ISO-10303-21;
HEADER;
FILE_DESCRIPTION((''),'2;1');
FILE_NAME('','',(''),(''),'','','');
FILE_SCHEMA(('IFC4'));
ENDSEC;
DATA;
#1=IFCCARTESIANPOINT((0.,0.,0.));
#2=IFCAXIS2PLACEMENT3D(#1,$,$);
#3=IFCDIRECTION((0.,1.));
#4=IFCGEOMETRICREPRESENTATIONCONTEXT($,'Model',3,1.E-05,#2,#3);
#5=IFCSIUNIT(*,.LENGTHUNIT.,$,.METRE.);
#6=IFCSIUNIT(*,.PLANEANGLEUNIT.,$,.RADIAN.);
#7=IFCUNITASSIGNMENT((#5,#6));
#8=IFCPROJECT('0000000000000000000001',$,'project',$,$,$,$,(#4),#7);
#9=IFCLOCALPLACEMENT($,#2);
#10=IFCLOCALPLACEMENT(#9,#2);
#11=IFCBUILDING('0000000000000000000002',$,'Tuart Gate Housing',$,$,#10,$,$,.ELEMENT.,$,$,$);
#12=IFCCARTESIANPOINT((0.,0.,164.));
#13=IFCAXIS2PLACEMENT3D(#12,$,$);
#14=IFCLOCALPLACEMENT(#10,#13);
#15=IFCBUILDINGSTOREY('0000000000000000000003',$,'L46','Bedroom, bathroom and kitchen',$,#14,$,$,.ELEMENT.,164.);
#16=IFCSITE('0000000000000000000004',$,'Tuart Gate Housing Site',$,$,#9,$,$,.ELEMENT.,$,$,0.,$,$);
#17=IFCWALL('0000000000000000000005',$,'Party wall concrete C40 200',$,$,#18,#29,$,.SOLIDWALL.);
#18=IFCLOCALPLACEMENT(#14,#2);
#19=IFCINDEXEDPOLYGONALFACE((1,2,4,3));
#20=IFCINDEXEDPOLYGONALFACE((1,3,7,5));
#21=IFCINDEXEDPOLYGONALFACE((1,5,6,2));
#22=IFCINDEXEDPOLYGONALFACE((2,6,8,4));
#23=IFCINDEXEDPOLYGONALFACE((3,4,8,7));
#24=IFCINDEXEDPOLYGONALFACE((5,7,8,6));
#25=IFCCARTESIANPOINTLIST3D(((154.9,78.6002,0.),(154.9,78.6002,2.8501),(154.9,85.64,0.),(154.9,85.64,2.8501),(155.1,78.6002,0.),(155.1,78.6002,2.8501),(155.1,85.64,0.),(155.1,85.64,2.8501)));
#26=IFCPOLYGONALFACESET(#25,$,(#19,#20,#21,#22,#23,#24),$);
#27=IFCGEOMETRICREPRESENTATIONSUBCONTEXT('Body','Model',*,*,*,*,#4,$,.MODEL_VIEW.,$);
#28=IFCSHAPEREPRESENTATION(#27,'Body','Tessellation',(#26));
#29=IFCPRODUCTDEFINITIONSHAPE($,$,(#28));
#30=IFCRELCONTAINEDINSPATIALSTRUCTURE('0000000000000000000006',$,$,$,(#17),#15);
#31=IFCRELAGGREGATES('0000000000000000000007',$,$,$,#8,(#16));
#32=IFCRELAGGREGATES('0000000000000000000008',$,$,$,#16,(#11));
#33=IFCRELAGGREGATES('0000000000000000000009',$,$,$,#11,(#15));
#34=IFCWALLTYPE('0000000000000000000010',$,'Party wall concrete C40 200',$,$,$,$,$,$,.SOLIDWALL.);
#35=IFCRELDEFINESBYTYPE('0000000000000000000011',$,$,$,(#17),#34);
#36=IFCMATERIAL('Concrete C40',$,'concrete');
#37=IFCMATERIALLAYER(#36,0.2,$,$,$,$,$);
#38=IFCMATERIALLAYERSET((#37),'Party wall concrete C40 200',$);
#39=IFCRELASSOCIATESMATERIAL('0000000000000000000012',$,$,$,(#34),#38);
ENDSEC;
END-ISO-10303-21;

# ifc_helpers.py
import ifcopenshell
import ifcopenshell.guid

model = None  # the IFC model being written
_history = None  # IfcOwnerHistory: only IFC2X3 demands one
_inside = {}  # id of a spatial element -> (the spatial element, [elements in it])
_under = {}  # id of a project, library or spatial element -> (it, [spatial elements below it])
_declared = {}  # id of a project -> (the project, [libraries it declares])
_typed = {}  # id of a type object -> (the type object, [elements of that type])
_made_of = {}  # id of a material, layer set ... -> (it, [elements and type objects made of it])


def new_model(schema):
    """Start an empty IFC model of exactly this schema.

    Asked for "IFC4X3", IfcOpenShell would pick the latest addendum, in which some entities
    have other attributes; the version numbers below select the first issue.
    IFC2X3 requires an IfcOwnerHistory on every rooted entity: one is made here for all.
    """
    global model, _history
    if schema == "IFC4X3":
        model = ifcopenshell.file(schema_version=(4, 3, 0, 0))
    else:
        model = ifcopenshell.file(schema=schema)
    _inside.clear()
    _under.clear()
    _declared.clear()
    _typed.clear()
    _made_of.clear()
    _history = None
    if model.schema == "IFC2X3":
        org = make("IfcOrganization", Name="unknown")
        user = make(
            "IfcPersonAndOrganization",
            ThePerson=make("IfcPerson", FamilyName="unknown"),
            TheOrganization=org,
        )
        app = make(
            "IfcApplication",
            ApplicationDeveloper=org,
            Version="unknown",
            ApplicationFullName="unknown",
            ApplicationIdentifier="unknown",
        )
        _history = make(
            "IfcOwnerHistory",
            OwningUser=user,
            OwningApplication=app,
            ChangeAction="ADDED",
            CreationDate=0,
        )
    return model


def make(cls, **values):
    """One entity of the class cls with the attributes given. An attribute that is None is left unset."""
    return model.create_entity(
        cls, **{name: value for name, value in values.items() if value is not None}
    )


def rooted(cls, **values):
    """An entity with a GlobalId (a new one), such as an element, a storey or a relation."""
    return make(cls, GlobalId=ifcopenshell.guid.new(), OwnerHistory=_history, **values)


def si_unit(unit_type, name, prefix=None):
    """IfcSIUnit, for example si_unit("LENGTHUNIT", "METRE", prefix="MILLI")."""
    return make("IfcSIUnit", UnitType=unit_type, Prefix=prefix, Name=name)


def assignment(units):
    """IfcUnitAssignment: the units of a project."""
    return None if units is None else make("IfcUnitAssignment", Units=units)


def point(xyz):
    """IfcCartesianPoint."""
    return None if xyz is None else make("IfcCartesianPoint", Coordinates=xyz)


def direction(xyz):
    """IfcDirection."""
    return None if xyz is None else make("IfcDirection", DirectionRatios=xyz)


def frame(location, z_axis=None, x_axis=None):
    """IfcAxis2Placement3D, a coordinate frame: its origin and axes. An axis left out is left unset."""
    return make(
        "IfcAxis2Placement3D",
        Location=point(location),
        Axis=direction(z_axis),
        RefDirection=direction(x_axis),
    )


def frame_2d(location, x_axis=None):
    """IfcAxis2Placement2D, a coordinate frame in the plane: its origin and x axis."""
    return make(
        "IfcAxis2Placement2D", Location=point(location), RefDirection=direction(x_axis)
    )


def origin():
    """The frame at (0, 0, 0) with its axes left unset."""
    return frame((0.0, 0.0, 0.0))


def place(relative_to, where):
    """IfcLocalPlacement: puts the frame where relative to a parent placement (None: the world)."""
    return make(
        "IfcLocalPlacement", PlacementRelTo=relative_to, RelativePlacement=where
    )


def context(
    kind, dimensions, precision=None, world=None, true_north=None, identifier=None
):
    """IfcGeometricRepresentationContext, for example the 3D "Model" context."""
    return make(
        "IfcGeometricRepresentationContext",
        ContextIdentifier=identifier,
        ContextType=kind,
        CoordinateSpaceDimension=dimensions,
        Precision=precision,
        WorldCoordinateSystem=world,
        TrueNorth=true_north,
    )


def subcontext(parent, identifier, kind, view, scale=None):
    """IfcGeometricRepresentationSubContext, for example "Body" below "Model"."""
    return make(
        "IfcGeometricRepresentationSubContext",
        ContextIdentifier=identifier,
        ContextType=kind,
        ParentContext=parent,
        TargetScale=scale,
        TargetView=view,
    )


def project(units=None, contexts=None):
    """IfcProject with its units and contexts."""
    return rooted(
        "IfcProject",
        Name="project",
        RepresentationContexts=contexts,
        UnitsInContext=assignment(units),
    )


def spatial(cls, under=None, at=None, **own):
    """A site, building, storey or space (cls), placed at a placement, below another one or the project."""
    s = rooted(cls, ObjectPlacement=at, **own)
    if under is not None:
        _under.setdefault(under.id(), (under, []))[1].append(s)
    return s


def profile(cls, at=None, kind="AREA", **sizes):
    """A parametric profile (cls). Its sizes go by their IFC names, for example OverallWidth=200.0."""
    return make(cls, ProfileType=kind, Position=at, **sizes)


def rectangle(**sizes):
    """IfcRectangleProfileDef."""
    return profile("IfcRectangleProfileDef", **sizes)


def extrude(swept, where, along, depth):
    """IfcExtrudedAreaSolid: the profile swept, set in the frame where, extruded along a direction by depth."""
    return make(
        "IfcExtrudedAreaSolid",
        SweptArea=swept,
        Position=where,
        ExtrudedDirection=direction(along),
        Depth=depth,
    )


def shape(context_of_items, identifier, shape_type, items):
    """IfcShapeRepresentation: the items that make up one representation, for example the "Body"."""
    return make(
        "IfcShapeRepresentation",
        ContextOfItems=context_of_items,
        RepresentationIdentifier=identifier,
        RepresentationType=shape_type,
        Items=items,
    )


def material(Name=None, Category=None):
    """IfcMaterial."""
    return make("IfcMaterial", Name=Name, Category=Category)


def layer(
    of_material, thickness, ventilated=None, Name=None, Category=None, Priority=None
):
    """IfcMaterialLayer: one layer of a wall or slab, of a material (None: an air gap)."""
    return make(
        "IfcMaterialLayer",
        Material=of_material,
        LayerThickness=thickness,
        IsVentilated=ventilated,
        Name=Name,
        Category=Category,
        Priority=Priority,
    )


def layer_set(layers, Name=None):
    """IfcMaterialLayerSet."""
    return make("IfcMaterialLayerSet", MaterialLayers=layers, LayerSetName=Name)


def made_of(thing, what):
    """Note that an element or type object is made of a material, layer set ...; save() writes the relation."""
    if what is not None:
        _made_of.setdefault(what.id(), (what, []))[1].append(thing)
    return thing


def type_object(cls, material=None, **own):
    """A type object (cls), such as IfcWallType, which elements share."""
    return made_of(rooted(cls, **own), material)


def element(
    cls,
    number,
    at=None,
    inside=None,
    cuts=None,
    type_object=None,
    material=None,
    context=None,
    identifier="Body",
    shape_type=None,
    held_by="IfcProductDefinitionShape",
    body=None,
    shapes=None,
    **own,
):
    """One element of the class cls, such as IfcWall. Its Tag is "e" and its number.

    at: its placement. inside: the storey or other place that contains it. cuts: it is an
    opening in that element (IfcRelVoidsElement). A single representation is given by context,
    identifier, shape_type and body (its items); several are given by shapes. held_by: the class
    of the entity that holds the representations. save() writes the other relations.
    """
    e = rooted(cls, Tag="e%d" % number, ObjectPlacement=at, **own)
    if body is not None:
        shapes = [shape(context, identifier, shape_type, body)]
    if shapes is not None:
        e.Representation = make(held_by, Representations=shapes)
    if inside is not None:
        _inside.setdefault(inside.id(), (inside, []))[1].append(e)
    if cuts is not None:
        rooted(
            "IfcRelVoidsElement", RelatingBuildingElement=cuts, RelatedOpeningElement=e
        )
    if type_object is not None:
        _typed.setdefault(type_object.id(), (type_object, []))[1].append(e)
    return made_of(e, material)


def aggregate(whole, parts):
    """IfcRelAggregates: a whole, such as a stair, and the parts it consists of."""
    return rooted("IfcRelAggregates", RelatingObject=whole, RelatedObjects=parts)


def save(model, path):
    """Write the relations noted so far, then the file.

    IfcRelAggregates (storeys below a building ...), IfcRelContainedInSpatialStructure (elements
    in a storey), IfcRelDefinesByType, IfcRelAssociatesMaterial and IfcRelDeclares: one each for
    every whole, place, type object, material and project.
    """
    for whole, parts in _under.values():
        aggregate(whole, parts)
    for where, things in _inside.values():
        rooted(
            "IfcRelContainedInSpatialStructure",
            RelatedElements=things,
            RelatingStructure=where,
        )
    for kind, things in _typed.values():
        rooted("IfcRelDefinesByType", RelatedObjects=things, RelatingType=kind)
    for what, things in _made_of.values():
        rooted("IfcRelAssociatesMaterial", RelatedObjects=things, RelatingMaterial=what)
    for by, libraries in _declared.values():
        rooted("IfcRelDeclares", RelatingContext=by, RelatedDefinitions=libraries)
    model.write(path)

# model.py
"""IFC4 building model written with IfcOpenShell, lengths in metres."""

from ifc_helpers import new_model, si_unit, direction, frame, frame_2d, origin, place, context, subcontext, project, spatial, rectangle, extrude, material, layer, layer_set, type_object, element, save


model = new_model("IFC4")

# Units and contexts
model_context = context("Model", 3, precision=1e-05, world=origin(), true_north=direction((0.0, 1.0)))
body_context = subcontext(model_context, "Body", "Model", "MODEL_VIEW")
ifc_project = project(units=[si_unit("LENGTHUNIT", "METRE"), si_unit("PLANEANGLEUNIT", "RADIAN")], contexts=[model_context])

# Site, building, storey
site_placement = place(None, origin())
site = spatial("IfcSite", under=ifc_project, at=site_placement, Name="Tuart Gate Housing Site", CompositionType="ELEMENT", RefElevation=0.0)
building_placement = place(site_placement, origin())
building = spatial("IfcBuilding", under=site, at=building_placement, Name="Tuart Gate Housing", CompositionType="ELEMENT")
storey_placement = place(building_placement, frame((0.0, 0.0, 164.0)))
storey = spatial("IfcBuildingStorey", under=building, at=storey_placement, Name="L46", Description="Bedroom, bathroom and kitchen", CompositionType="ELEMENT", Elevation=164.0)

# Wall
ifc_material_1 = material(Name="Concrete C40", Category="concrete")
ifc_layer_1 = layer(ifc_material_1, 0.2)
ifc_layer_set_1 = layer_set([ifc_layer_1], Name="Party wall concrete C40 200")
wall_type_1 = type_object("IfcWallType", Name="Party wall concrete C40 200", PredefinedType="SOLIDWALL", material=ifc_layer_set_1)
wall_1_placement = place(storey_placement, frame((155.0, 78.6001, 0.0), z_axis=(0.0, 0.0, 1.0), x_axis=(0.0, 1.0, 0.0)))
element("IfcWall", 1, at=wall_1_placement, inside=storey, type_object=wall_type_1, Name="Party wall concrete C40 200", PredefinedType="SOLIDWALL", context=body_context, shape_type="SweptSolid", body=[
    extrude(rectangle(XDim=7.0398, YDim=0.2, at=frame_2d((3.52, 0.0))), origin(), (0.0, 0.0, 1.0), 2.8501),
])

save(model, "model.ifc")
